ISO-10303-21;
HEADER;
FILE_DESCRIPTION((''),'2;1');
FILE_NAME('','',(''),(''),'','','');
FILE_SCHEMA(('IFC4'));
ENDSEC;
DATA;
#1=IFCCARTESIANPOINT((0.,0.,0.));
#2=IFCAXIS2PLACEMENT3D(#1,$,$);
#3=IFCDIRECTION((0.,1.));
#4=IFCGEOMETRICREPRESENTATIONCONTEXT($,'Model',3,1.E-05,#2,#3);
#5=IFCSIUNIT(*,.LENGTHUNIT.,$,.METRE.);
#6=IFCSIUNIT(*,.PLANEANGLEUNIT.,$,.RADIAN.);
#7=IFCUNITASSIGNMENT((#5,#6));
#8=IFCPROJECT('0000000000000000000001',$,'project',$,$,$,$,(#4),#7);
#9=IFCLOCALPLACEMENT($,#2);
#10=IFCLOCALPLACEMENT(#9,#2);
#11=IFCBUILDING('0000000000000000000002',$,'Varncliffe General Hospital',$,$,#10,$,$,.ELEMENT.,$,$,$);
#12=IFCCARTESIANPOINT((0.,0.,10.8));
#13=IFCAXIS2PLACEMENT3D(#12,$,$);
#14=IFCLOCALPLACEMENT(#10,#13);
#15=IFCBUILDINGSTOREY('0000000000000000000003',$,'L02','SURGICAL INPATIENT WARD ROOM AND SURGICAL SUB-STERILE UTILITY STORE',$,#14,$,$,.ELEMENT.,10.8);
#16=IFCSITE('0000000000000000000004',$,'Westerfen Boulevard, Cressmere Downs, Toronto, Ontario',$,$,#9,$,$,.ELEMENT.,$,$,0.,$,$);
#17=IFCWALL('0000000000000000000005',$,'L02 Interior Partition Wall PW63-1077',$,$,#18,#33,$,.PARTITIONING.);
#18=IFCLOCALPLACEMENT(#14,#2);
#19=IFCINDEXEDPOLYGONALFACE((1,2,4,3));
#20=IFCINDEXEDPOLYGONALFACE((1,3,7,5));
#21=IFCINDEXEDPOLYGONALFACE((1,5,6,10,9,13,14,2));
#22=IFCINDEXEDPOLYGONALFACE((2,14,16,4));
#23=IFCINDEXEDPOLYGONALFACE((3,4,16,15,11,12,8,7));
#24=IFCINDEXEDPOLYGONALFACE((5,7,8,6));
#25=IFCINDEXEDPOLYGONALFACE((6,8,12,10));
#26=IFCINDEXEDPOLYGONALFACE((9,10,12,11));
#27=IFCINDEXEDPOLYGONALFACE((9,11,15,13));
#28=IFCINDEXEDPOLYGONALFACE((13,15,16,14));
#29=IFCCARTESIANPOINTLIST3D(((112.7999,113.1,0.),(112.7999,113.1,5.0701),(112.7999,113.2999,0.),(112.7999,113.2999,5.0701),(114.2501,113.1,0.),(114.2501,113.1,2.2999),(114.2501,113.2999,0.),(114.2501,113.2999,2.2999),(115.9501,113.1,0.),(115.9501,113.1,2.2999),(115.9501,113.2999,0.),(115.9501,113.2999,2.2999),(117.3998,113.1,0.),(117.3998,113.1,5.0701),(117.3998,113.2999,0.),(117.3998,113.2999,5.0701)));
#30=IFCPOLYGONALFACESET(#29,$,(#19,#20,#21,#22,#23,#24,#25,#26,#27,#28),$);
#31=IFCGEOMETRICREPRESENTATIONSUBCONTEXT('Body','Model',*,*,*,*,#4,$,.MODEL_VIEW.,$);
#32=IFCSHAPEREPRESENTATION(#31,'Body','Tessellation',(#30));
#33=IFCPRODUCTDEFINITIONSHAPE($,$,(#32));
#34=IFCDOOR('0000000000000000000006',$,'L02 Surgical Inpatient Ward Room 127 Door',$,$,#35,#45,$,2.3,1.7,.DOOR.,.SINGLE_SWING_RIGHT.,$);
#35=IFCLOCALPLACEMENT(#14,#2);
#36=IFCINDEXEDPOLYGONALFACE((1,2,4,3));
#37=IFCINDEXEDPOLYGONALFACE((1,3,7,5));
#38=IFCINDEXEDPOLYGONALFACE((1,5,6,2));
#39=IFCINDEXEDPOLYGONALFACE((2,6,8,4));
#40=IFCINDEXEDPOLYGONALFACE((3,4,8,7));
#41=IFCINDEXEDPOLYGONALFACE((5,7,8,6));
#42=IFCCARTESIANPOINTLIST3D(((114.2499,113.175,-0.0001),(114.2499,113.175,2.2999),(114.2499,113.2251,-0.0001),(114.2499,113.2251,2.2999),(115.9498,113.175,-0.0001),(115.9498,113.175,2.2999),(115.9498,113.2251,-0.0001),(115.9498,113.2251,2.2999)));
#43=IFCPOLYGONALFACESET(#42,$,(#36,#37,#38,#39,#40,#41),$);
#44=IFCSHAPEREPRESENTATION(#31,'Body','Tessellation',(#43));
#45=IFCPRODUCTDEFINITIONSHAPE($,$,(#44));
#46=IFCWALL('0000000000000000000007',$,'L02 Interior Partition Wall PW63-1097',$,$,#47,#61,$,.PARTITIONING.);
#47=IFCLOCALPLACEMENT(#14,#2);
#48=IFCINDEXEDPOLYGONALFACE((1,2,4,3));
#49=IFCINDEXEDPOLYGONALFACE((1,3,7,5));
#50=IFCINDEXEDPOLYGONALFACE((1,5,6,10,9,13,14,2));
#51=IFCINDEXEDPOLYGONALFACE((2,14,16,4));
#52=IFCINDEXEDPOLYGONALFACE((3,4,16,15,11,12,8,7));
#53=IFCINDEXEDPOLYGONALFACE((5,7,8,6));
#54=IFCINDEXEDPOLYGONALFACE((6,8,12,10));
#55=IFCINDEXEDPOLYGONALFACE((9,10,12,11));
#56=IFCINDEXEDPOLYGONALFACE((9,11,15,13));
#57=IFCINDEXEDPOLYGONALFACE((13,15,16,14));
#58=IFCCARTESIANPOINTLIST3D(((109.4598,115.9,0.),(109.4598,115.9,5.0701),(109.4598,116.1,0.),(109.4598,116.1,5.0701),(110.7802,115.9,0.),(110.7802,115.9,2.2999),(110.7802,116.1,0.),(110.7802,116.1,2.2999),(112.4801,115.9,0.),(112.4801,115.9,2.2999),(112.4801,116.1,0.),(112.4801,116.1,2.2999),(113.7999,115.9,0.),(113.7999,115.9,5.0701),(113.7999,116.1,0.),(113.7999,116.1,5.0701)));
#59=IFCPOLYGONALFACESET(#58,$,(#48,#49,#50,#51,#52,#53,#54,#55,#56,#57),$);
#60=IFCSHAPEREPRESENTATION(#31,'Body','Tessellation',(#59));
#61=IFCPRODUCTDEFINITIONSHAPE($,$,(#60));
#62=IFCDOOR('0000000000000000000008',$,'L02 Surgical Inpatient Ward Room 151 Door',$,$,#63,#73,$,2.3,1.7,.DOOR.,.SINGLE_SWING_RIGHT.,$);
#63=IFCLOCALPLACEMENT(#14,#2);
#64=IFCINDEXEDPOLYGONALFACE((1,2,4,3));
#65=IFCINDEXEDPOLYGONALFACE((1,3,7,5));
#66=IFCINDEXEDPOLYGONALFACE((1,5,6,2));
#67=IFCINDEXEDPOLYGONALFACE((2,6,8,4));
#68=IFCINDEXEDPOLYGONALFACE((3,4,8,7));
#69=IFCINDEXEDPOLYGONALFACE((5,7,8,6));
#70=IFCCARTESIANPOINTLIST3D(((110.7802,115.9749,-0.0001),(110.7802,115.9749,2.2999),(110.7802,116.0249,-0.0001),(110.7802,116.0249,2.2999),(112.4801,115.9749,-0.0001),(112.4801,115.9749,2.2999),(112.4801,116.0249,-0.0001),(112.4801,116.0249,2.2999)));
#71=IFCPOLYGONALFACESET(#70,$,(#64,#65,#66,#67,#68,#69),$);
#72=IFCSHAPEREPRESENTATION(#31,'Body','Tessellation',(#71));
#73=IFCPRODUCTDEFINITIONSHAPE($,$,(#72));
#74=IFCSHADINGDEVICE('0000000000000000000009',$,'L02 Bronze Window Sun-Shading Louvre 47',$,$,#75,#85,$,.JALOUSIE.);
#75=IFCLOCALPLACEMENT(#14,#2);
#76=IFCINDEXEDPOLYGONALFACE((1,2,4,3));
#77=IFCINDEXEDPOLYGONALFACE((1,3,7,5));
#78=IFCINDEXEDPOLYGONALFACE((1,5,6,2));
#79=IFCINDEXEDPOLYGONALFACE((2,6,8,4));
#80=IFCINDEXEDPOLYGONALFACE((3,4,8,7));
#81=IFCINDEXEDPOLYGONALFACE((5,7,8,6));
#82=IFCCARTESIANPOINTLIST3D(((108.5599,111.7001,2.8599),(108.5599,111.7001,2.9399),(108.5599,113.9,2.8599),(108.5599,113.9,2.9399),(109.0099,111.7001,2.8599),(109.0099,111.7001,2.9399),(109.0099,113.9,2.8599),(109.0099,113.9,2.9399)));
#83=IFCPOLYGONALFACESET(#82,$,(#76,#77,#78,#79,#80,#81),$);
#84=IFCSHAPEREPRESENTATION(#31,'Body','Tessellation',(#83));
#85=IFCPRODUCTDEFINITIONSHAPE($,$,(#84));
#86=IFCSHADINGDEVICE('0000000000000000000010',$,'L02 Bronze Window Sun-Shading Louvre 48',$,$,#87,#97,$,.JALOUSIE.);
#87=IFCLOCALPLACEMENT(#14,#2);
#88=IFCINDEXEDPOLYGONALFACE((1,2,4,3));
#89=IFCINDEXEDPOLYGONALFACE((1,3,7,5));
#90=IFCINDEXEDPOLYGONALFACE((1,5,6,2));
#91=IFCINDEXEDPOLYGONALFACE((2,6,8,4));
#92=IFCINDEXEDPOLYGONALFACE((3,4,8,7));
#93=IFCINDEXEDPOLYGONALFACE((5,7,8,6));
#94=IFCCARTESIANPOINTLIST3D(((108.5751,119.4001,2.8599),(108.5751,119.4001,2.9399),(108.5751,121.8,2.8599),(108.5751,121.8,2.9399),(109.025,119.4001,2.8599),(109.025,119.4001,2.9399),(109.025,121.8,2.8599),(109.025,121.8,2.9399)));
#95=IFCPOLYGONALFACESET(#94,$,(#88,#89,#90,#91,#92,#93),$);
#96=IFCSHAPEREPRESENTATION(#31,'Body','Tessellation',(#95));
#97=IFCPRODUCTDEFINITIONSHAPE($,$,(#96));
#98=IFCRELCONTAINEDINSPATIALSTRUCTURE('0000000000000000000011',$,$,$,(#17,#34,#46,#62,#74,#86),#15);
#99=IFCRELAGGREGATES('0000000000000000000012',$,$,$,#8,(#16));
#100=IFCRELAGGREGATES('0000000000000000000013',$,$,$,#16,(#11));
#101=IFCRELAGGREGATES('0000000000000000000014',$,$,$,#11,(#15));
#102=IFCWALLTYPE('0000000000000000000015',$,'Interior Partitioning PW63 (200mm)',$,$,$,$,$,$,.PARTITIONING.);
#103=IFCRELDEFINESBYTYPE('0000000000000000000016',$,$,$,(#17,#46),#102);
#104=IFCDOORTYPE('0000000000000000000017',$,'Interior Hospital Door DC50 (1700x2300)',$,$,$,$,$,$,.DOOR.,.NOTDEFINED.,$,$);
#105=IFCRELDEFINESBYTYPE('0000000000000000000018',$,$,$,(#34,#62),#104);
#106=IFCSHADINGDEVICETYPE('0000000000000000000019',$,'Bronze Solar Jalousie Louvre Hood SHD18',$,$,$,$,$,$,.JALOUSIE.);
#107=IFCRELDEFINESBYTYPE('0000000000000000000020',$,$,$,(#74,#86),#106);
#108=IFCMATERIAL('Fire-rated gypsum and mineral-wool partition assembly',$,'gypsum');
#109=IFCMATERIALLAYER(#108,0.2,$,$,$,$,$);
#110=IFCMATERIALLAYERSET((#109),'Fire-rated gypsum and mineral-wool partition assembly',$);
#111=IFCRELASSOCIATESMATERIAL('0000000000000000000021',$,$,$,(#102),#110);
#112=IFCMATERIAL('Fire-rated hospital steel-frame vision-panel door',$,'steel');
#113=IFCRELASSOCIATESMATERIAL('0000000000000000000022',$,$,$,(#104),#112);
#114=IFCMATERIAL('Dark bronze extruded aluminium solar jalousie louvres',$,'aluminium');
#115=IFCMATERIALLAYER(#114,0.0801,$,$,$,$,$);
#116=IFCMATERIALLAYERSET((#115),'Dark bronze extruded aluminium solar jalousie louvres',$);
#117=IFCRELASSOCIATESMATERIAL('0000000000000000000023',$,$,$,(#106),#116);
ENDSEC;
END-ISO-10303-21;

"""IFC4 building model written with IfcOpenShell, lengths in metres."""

from ifc_helpers import new_model, si_unit, direction, frame, frame_2d, origin, origin_2d, place, context, subcontext, project, spatial, rectangle, extrude, material, layer, layer_set, type_object, element, fill, save


model = new_model("IFC4")

# Units and contexts
model_context = context("Model", 3, precision=1e-05, world=origin(), true_north=direction((0.0, 1.0)))
body_context = subcontext(model_context, "Body", "Model", "MODEL_VIEW")
ifc_project = project(units=[si_unit("LENGTHUNIT", "METRE"), si_unit("PLANEANGLEUNIT", "RADIAN")], contexts=[model_context])

# Site, building, storey
site_placement = place(None, origin())
site = spatial("IfcSite", under=ifc_project, at=site_placement, Name="Westerfen Boulevard, Cressmere Downs, Toronto, Ontario", CompositionType="ELEMENT", RefElevation=0.0)
building_placement = place(site_placement, origin())
building = spatial("IfcBuilding", under=site, at=building_placement, Name="Varncliffe General Hospital", CompositionType="ELEMENT")
storey_placement = place(building_placement, frame((0.0, 0.0, 10.8)))
storey = spatial("IfcBuildingStorey", under=building, at=storey_placement, Name="L02", Description="SURGICAL INPATIENT WARD ROOM AND SURGICAL SUB-STERILE UTILITY STORE", CompositionType="ELEMENT", Elevation=10.8)

# Walls, openings, doors
ifc_material_1 = material(Name="Fire-rated gypsum and mineral-wool partition assembly", Category="gypsum")
ifc_layer_1 = layer(ifc_material_1, 0.2)
ifc_layer_set_1 = layer_set([ifc_layer_1], Name="Fire-rated gypsum and mineral-wool partition assembly")
wall_type_1 = type_object("IfcWallType", Name="Interior Partitioning PW63 (200mm)", PredefinedType="PARTITIONING", material=ifc_layer_set_1)
wall_1_placement = place(storey_placement, frame((112.8, 113.2, 0.0), z_axis=(0.0, 0.0, 1.0), x_axis=(1.0, 0.0, 0.0)))
wall_1 = element("IfcWall", 1, at=wall_1_placement, inside=storey, type_object=wall_type_1, Name="L02 Interior Partition Wall PW63-1077", PredefinedType="PARTITIONING", context=body_context, shape_type="SweptSolid", body=[
    extrude(rectangle(XDim=4.5999, YDim=0.2, at=frame_2d((2.2998, 0.0))), origin(), (0.0, 0.0, 1.0), 5.0701),
])
opening_1_placement = place(wall_1_placement, frame((1.45, 0.0, 0.0)))
opening_1 = element("IfcOpeningElement", 2, at=opening_1_placement, cuts=wall_1, PredefinedType="OPENING", context=body_context, shape_type="SweptSolid", body=[
    extrude(rectangle(XDim=1.7, YDim=2.3, at=frame_2d((0.8501, 1.1499))), frame((0.0, 0.1099, 0.0), z_axis=(0.0, -1.0, 0.0), x_axis=(1.0, 0.0, 0.0)), (0.0, 0.0, 1.0), 0.22),
])
ifc_material_2 = material(Name="Fire-rated hospital steel-frame vision-panel door", Category="steel")
door_type = type_object("IfcDoorType", Name="Interior Hospital Door DC50 (1700x2300)", OperationType="NOTDEFINED", PredefinedType="DOOR", material=ifc_material_2)
door_1_placement = place(opening_1_placement, frame((1.7, 0.0, 0.0), z_axis=(0.0, 0.0, 1.0), x_axis=(-1.0, 0.0, 0.0)))
door_1 = element("IfcDoor", 3, at=door_1_placement, inside=storey, type_object=door_type, Name="L02 Surgical Inpatient Ward Room 127 Door", OperationType="SINGLE_SWING_RIGHT", OverallHeight=2.3, OverallWidth=1.7, PredefinedType="DOOR", context=body_context, shape_type="SweptSolid", body=[
    extrude(rectangle(XDim=1.7, YDim=2.3, at=frame_2d((0.8501, 1.1499))), frame((0.0, 0.0249, 0.0), z_axis=(0.0, -1.0, 0.0), x_axis=(1.0, 0.0, 0.0)), (0.0, 0.0, 1.0), 0.05),
])
fill(opening_1, door_1)
wall_2_placement = place(storey_placement, frame((109.46, 116.0, 0.0), z_axis=(0.0, 0.0, 1.0), x_axis=(1.0, 0.0, 0.0)))
wall_2 = element("IfcWall", 4, at=wall_2_placement, inside=storey, type_object=wall_type_1, Name="L02 Interior Partition Wall PW63-1097", PredefinedType="PARTITIONING", context=body_context, shape_type="SweptSolid", body=[
    extrude(rectangle(XDim=4.3401, YDim=0.2, at=frame_2d((2.1699, 0.0))), origin(), (0.0, 0.0, 1.0), 5.0701),
])
opening_2_placement = place(wall_2_placement, frame((1.3201, 0.0, 0.0)))
opening_2 = element("IfcOpeningElement", 5, at=opening_2_placement, cuts=wall_2, PredefinedType="OPENING", context=body_context, shape_type="SweptSolid", body=[
    extrude(rectangle(XDim=1.7, YDim=2.3, at=frame_2d((0.8501, 1.1499))), frame((0.0, 0.1099, 0.0), z_axis=(0.0, -1.0, 0.0), x_axis=(1.0, 0.0, 0.0)), (0.0, 0.0, 1.0), 0.22),
])
door_2_placement = place(opening_2_placement, origin())
door_2 = element("IfcDoor", 6, at=door_2_placement, inside=storey, type_object=door_type, Name="L02 Surgical Inpatient Ward Room 151 Door", OperationType="SINGLE_SWING_RIGHT", OverallHeight=2.3, OverallWidth=1.7, PredefinedType="DOOR", context=body_context, shape_type="SweptSolid", body=[
    extrude(rectangle(XDim=1.7, YDim=2.3, at=frame_2d((0.8501, 1.1499))), frame((0.0, 0.0249, 0.0), z_axis=(0.0, -1.0, 0.0), x_axis=(1.0, 0.0, 0.0)), (0.0, 0.0, 1.0), 0.05),
])
fill(opening_2, door_2)

# Shading devices
ifc_material_3 = material(Name="Dark bronze extruded aluminium solar jalousie louvres", Category="aluminium")
ifc_layer_2 = layer(ifc_material_3, 0.0801)
ifc_layer_set_2 = layer_set([ifc_layer_2], Name="Dark bronze extruded aluminium solar jalousie louvres")
shading_device_type = type_object("IfcShadingDeviceType", Name="Bronze Solar Jalousie Louvre Hood SHD18", PredefinedType="JALOUSIE", material=ifc_layer_set_2)
shading_device_1_placement = place(storey_placement, frame((108.7849, 112.8, 2.8599), z_axis=(0.0, 0.0, 1.0), x_axis=(0.0, 1.0, 0.0)))
element("IfcShadingDevice", 7, at=shading_device_1_placement, inside=storey, type_object=shading_device_type, Name="L02 Bronze Window Sun-Shading Louvre 47", PredefinedType="JALOUSIE", context=body_context, shape_type="SweptSolid", body=[
    extrude(rectangle(XDim=2.2, YDim=0.45, at=origin_2d()), origin(), (0.0, 0.0, 1.0), 0.0801),
])
shading_device_2_placement = place(storey_placement, frame((108.8, 120.6001, 2.8599), z_axis=(0.0, 0.0, 1.0), x_axis=(0.0, 1.0, 0.0)))
element("IfcShadingDevice", 8, at=shading_device_2_placement, inside=storey, type_object=shading_device_type, Name="L02 Bronze Window Sun-Shading Louvre 48", PredefinedType="JALOUSIE", context=body_context, shape_type="SweptSolid", body=[
    extrude(rectangle(XDim=2.3999, YDim=0.45, at=origin_2d()), origin(), (0.0, 0.0, 1.0), 0.0801),
])

save(model, "model.ifc")
